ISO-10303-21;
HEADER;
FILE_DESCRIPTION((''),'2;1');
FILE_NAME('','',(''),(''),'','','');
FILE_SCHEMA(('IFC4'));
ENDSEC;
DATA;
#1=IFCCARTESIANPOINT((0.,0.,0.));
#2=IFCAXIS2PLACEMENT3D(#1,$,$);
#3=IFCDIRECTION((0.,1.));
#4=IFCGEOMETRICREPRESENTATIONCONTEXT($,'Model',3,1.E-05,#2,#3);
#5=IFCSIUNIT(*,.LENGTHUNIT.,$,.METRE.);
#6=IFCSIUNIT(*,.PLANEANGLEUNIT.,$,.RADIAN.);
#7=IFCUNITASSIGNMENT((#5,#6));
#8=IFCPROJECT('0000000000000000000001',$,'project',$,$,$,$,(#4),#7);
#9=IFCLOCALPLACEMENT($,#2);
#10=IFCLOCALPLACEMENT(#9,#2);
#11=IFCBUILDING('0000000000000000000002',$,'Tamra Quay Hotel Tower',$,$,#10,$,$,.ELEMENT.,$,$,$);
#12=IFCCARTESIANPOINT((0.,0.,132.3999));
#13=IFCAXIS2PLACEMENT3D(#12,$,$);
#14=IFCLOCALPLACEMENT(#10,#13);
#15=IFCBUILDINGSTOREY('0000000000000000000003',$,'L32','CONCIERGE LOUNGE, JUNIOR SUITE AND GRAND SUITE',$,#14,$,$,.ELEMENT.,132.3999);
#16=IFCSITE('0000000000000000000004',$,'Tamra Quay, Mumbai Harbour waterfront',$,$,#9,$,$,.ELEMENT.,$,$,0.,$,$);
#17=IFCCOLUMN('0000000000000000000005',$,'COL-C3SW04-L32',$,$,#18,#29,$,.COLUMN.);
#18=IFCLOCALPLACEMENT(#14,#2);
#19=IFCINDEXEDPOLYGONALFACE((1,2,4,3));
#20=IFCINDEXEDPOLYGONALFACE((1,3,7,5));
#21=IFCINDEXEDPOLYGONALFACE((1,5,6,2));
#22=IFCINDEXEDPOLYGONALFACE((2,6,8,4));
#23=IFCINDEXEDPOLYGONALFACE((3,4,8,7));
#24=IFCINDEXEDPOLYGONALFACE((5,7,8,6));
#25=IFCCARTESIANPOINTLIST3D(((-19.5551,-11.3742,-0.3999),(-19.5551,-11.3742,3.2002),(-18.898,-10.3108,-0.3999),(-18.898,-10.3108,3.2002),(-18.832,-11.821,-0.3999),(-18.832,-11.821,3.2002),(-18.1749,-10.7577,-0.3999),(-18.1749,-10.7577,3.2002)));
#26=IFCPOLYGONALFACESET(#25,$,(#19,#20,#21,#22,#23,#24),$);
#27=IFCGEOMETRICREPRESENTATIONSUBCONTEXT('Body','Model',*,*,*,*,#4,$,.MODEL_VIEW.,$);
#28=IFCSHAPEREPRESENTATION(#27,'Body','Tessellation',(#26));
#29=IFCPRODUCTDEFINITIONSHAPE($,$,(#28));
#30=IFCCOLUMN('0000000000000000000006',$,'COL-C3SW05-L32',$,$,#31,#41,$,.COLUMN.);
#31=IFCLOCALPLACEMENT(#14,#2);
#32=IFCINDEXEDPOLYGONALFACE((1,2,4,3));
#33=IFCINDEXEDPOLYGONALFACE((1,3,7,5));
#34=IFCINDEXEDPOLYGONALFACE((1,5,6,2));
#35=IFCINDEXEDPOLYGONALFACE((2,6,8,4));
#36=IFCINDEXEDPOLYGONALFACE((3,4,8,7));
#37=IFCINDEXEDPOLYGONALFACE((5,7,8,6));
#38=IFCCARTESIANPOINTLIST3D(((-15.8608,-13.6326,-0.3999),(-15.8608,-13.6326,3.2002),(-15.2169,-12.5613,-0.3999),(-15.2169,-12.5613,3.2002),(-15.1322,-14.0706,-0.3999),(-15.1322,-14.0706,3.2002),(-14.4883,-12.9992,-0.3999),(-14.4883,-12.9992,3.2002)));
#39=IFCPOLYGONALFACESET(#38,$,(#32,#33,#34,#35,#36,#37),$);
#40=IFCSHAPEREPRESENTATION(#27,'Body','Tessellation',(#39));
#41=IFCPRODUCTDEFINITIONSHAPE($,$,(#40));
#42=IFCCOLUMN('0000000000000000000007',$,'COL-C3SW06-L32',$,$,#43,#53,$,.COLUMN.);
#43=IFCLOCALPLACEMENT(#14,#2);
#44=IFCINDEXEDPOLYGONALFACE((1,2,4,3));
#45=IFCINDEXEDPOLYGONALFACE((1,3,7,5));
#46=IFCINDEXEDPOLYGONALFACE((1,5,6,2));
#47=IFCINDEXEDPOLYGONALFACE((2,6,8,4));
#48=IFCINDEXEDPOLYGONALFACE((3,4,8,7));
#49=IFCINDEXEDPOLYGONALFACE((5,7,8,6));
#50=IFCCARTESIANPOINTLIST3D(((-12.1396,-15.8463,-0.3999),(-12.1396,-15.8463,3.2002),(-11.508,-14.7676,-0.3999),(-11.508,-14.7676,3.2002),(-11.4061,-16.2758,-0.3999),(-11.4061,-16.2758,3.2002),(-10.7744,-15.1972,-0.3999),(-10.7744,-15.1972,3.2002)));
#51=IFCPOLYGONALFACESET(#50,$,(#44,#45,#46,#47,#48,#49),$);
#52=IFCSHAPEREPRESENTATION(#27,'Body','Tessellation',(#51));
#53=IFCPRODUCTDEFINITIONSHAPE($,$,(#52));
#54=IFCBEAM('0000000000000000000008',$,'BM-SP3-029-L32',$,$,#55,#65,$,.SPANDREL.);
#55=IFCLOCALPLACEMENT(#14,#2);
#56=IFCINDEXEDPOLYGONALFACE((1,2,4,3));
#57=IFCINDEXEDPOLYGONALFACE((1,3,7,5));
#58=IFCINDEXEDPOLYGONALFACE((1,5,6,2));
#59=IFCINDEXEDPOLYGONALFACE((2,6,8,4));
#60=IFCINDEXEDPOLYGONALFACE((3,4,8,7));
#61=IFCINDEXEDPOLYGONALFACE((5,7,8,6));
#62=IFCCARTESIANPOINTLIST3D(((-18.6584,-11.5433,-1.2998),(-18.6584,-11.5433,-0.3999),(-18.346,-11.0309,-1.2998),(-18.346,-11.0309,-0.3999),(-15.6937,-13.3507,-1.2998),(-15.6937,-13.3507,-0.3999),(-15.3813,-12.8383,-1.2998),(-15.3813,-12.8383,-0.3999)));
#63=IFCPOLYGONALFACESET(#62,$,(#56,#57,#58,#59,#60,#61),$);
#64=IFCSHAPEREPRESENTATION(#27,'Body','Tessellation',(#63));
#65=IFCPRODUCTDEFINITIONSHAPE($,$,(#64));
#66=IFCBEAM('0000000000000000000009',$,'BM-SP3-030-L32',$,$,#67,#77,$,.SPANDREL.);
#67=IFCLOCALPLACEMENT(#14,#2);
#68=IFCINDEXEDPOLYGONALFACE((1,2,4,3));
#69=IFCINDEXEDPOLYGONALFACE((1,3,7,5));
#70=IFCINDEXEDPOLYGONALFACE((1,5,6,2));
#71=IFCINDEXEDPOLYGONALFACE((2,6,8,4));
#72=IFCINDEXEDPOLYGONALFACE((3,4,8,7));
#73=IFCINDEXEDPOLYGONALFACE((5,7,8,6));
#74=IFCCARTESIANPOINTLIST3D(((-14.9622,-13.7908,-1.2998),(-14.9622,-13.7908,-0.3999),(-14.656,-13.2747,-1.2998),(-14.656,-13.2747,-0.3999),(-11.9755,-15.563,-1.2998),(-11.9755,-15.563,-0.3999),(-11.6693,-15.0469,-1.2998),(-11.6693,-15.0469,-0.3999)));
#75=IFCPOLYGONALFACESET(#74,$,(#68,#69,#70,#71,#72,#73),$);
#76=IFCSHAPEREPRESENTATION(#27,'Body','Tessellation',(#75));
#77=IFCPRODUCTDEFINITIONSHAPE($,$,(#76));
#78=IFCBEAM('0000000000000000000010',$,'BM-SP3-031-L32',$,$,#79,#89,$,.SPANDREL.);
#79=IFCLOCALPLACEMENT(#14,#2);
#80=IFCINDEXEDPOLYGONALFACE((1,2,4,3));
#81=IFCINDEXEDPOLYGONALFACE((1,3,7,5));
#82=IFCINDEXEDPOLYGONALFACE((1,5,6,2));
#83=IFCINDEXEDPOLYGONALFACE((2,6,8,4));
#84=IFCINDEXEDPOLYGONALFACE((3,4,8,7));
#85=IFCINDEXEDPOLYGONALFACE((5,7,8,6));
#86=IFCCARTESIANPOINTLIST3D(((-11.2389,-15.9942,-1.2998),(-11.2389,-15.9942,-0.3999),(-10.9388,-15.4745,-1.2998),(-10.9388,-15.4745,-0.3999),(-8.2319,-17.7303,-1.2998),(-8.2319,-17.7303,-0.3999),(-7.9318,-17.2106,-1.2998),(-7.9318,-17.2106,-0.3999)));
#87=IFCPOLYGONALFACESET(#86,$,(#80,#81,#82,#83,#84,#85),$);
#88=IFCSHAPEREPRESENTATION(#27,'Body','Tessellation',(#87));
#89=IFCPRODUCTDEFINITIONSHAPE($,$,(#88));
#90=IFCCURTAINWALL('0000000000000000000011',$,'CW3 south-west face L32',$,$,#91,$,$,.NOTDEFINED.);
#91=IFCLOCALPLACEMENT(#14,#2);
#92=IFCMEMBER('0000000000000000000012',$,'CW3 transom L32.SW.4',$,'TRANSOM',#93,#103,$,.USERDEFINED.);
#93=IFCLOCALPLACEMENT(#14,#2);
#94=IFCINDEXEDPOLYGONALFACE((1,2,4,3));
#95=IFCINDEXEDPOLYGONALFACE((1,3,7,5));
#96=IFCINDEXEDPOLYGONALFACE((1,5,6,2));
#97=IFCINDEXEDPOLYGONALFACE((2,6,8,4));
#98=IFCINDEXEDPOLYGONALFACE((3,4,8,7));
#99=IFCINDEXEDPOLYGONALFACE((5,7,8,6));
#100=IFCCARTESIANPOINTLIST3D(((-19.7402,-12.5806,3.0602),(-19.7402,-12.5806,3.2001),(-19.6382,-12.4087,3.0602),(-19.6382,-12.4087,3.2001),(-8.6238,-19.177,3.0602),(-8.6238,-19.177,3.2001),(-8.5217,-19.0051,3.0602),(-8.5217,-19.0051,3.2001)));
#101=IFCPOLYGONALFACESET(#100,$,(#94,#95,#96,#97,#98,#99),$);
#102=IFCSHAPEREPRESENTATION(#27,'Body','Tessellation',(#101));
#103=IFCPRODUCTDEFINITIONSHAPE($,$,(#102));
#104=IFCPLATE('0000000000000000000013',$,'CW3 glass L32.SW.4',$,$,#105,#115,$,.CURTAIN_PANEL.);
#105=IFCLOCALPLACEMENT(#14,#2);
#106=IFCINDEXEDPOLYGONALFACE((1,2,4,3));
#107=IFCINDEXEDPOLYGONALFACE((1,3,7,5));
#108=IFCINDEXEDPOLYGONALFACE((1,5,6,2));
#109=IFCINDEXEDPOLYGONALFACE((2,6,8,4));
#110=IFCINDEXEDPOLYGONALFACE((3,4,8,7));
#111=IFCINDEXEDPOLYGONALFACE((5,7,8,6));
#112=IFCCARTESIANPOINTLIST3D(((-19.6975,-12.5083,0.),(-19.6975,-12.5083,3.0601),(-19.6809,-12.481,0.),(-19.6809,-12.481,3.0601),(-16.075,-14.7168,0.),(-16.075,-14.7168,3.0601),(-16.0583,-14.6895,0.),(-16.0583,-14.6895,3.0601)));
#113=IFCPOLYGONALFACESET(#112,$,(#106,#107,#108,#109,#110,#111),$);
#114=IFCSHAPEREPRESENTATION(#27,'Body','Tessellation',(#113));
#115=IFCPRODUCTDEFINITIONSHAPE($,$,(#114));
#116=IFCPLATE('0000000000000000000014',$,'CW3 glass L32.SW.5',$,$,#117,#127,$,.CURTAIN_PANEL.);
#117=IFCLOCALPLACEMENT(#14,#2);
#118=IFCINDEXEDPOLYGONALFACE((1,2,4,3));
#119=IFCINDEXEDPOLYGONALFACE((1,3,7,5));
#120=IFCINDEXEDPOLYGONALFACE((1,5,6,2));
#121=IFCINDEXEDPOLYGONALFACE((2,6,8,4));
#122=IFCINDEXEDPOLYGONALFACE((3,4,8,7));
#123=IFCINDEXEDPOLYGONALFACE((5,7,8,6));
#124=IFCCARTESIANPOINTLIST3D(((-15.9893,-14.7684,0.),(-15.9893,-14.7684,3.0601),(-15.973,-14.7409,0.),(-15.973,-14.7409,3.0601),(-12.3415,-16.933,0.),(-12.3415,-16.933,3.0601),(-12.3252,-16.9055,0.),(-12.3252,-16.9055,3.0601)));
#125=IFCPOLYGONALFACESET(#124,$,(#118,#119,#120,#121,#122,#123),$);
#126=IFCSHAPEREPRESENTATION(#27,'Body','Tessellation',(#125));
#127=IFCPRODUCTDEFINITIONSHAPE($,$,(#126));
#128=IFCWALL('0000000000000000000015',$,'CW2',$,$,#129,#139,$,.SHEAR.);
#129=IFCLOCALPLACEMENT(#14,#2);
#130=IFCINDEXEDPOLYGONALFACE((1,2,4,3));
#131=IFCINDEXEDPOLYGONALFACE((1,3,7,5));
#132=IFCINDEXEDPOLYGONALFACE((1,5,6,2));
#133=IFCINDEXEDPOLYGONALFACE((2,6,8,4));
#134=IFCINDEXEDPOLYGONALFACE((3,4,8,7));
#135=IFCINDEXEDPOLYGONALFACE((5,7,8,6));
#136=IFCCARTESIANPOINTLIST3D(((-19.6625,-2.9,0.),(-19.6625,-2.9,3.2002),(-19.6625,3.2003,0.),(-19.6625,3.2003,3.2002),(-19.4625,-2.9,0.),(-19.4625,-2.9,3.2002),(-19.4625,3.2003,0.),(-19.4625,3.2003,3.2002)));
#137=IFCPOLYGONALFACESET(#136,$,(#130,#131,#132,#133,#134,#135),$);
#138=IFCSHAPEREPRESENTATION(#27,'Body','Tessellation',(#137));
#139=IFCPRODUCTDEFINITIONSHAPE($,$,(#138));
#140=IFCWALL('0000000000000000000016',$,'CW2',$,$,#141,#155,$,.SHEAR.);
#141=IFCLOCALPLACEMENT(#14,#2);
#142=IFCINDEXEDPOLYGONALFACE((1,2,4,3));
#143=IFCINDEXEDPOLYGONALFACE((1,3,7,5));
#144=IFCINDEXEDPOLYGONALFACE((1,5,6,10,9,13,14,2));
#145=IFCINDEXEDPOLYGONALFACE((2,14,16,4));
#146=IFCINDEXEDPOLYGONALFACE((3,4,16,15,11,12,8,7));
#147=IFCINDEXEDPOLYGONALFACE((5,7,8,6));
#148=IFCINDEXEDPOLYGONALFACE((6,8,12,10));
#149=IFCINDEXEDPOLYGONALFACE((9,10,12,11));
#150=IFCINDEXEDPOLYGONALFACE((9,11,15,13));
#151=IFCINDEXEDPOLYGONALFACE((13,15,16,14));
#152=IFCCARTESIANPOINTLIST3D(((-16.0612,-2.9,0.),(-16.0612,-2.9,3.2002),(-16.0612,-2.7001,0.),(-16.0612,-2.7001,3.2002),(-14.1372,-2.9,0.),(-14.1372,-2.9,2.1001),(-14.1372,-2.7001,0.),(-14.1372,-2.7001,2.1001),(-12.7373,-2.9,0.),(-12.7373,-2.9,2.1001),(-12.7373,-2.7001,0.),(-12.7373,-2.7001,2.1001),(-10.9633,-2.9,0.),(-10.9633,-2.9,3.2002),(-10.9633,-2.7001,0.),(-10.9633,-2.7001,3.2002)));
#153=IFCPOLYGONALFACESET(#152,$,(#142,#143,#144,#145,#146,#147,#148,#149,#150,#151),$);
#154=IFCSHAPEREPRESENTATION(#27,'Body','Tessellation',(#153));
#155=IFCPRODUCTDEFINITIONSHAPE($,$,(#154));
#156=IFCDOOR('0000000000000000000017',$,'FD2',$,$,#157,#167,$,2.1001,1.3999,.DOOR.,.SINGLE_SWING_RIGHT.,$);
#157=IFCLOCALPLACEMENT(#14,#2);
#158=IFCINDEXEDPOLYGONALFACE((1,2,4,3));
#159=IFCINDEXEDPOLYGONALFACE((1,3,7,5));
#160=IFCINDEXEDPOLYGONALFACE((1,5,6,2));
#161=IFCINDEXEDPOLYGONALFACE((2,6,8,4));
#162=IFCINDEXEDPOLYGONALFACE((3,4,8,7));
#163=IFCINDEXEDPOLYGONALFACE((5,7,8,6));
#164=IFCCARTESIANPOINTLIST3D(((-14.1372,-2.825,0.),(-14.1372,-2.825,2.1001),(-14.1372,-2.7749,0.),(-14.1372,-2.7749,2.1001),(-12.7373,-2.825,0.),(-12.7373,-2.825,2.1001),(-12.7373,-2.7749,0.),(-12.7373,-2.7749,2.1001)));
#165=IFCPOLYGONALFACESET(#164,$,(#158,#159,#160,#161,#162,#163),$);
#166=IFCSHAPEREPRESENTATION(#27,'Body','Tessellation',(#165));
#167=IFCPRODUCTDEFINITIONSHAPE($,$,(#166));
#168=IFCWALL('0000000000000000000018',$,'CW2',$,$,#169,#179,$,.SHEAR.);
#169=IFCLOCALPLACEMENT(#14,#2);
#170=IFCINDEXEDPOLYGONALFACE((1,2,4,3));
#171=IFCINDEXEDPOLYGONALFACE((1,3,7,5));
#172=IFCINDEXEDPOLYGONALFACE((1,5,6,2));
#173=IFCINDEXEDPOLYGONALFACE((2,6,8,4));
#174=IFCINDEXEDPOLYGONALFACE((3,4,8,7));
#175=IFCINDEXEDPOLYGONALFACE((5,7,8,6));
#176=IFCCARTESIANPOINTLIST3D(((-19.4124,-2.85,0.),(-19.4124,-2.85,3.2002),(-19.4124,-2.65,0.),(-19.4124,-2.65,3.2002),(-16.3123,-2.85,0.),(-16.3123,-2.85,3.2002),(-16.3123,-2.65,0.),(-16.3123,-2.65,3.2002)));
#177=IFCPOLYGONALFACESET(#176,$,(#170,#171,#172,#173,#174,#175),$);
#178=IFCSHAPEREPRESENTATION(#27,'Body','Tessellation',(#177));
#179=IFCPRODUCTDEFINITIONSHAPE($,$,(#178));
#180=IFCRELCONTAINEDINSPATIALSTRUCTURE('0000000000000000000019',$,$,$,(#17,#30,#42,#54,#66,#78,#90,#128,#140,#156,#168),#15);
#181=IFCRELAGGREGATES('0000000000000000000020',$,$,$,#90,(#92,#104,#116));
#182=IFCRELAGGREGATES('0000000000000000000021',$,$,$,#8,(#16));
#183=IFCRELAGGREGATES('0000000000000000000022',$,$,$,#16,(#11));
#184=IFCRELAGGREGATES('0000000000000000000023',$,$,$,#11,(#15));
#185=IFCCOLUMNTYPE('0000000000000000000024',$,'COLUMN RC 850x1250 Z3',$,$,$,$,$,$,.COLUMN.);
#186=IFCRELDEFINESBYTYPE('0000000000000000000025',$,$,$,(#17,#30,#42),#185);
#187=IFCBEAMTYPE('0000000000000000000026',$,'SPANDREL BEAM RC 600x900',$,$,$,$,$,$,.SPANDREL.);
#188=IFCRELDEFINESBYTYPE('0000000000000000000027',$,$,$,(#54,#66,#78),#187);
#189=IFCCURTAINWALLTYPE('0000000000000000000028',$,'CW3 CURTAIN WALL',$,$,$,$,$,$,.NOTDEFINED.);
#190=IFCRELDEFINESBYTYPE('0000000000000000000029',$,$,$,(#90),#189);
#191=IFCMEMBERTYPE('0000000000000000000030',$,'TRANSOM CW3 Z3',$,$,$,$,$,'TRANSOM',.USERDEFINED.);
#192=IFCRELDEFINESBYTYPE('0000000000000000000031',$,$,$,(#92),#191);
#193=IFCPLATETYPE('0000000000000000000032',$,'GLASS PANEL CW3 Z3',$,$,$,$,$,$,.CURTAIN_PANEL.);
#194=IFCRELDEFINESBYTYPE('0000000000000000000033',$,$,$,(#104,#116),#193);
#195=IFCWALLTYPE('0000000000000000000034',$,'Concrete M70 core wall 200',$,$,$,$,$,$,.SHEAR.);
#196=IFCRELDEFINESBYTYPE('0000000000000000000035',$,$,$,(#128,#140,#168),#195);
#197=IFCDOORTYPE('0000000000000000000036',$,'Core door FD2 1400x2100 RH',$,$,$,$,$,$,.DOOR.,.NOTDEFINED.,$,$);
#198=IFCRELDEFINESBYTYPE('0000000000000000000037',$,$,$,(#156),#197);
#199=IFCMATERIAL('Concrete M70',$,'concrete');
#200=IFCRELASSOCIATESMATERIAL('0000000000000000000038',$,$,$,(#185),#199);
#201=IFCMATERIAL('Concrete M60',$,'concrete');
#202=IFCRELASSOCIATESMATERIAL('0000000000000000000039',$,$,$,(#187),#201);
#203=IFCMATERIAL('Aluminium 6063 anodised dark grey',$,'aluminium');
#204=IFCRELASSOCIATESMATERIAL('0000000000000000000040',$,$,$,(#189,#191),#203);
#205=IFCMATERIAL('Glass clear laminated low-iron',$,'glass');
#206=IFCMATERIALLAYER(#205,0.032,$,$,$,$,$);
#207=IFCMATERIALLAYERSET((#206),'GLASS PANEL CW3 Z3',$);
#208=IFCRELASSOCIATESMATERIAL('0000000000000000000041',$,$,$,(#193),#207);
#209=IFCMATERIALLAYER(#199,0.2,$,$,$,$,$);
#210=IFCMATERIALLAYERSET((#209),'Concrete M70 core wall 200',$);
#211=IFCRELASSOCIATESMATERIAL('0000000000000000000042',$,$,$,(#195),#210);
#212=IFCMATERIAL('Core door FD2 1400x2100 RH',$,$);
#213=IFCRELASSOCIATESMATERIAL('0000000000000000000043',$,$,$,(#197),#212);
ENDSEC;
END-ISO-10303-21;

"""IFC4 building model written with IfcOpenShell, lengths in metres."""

from ifc_helpers import new_model, si_unit, direction, frame, frame_2d, origin, origin_2d, place, context, subcontext, project, spatial, rectangle, extrude, material, layer, layer_set, material_profile, profile_set, type_object, element, fill, aggregate, save


model = new_model("IFC4")

# Units and contexts
model_context = context("Model", 3, precision=1e-05, world=origin(), true_north=direction((0.0, 1.0)))
body_context = subcontext(model_context, "Body", "Model", "MODEL_VIEW")
ifc_project = project(units=[si_unit("LENGTHUNIT", "METRE"), si_unit("PLANEANGLEUNIT", "RADIAN")], contexts=[model_context])

# Site, building, storey
site_placement = place(None, origin())
site = spatial("IfcSite", under=ifc_project, at=site_placement, Name="Tamra Quay, Mumbai Harbour waterfront", CompositionType="ELEMENT", RefElevation=0.0)
building_placement = place(site_placement, origin())
building = spatial("IfcBuilding", under=site, at=building_placement, Name="Tamra Quay Hotel Tower", CompositionType="ELEMENT")
storey_placement = place(building_placement, frame((0.0, 0.0, 132.3999)))
storey = spatial("IfcBuildingStorey", under=building, at=storey_placement, Name="L32", Description="CONCIERGE LOUNGE, JUNIOR SUITE AND GRAND SUITE", CompositionType="ELEMENT", Elevation=132.3999)

# Columns
ifc_material_1 = material(Name="Concrete M70", Category="concrete")
ifc_material_profile_1 = material_profile(ifc_material_1, rectangle(XDim=1.25, YDim=0.8501, at=origin_2d()), Name="COLUMN RC 850x1250 Z3")
ifc_profile_set_1 = profile_set([ifc_material_profile_1], Name="Concrete M70")
column_type = type_object("IfcColumnType", Name="COLUMN RC 850x1250 Z3", PredefinedType="COLUMN", material=ifc_profile_set_1)
for number, where, z_axis, x_axis, name in (
    (1, (-18.865, -11.0659, -0.3999), (0.0, 0.0, 1.0), (0.525677, 0.850685, 0.0), "COL-C3SW04-L32"),
    (2, (-15.1746, -13.3159, -0.3999), (0.0, 0.0, 1.0), (0.515162, 0.857093, 0.0), "COL-C3SW05-L32"),
    (3, (-11.457, -15.5217, -0.3999), (0.0, 0.0, 1.0), (0.505325, 0.862929, 0.0), "COL-C3SW06-L32"),
):
    element("IfcColumn", number, at=place(storey_placement, frame(where, z_axis=z_axis, x_axis=x_axis)), inside=storey, type_object=column_type, Name=name, PredefinedType="COLUMN", context=body_context, shape_type="SweptSolid", body=[
        extrude(rectangle(XDim=1.25, YDim=0.8501, at=origin_2d()), origin(), (0.0, 0.0, 1.0), 3.6001),
    ])

# Beams
ifc_material_2 = material(Name="Concrete M60", Category="concrete")
ifc_material_profile_2 = material_profile(ifc_material_2, rectangle(XDim=0.6001, YDim=0.8999, at=origin_2d()), Name="SPANDREL BEAM RC 600x900")
ifc_profile_set_2 = profile_set([ifc_material_profile_2], Name="Concrete M60")
beam_type = type_object("IfcBeamType", Name="SPANDREL BEAM RC 600x900", PredefinedType="SPANDREL", material=ifc_profile_set_2)
beam_1_placement = place(storey_placement, frame((-18.5022, -11.2871, -0.8499), z_axis=(0.853836, -0.520542, 0.0), x_axis=(0.520542, 0.853836, 0.0)))
element("IfcBeam", 4, at=beam_1_placement, inside=storey, type_object=beam_type, Name="BM-SP3-029-L32", PredefinedType="SPANDREL", context=body_context, shape_type="SweptSolid", body=[
    extrude(rectangle(XDim=0.6001, YDim=0.8999, at=origin_2d()), origin(), (0.0, 0.0, 1.0), 3.4722),
])
beam_2_placement = place(storey_placement, frame((-14.8091, -13.5327, -0.8499), z_axis=(0.859989, -0.510313, 0.0), x_axis=(0.510313, 0.859989, 0.0)))
element("IfcBeam", 5, at=beam_2_placement, inside=storey, type_object=beam_type, Name="BM-SP3-030-L32", PredefinedType="SPANDREL", context=body_context, shape_type="SweptSolid", body=[
    extrude(rectangle(XDim=0.6001, YDim=0.8999, at=origin_2d()), origin(), (0.0, 0.0, 1.0), 3.4729),
])
beam_3_placement = place(storey_placement, frame((-11.0889, -15.7344, -0.8499), z_axis=(0.866032, -0.499988, 0.0), x_axis=(0.499988, 0.866032, 0.0)))
element("IfcBeam", 6, at=beam_3_placement, inside=storey, type_object=beam_type, Name="BM-SP3-031-L32", PredefinedType="SPANDREL", context=body_context, shape_type="SweptSolid", body=[
    extrude(rectangle(XDim=0.6001, YDim=0.8999, at=origin_2d()), origin(), (0.0, 0.0, 1.0), 3.4722),
])

# Curtain wall, member, plates
ifc_material_3 = material(Name="Aluminium 6063 anodised dark grey", Category="aluminium")
curtain_wall_type = type_object("IfcCurtainWallType", Name="CW3 CURTAIN WALL", PredefinedType="NOTDEFINED", material=ifc_material_3)
curtain_wall_placement = place(storey_placement, origin())
curtain_wall = element("IfcCurtainWall", 7, at=curtain_wall_placement, inside=storey, type_object=curtain_wall_type, Name="CW3 south-west face L32", PredefinedType="NOTDEFINED")
ifc_material_profile_3 = material_profile(ifc_material_3, rectangle(XDim=0.2, YDim=0.1399, at=origin_2d()), Name="TRANSOM 200X140")
ifc_profile_set_3 = profile_set([ifc_material_profile_3], Name="Aluminium 6063 anodised dark grey")
member_type = type_object("IfcMemberType", Name="TRANSOM CW3 Z3", ElementType="TRANSOM", PredefinedType="USERDEFINED", material=ifc_profile_set_3)
member_placement = place(storey_placement, frame((-19.6892, -12.4946, 3.1301), z_axis=(0.859989, -0.510312, 0.0), x_axis=(0.510312, 0.859989, 0.0)))
member = element("IfcMember", 8, at=member_placement, type_object=member_type, Name="CW3 transom L32.SW.4", ObjectType="TRANSOM", PredefinedType="USERDEFINED", context=body_context, shape_type="SweptSolid", body=[
    extrude(rectangle(XDim=0.2, YDim=0.1399, at=origin_2d()), origin(), (0.0, 0.0, 1.0), 12.9263),
])
ifc_material_4 = material(Name="Glass clear laminated low-iron", Category="glass")
ifc_layer_1 = layer(ifc_material_4, 0.032)
ifc_layer_set_1 = layer_set([ifc_layer_1], Name="GLASS PANEL CW3 Z3")
plate_type = type_object("IfcPlateType", Name="GLASS PANEL CW3 Z3", PredefinedType="CURTAIN_PANEL", material=ifc_layer_set_1)
plate_1_placement = place(storey_placement, frame((-17.8779, -13.5989, 0.0), z_axis=(0.0, 0.0, 1.0), x_axis=(0.85383, -0.520552, 0.0)))
plate_1 = element("IfcPlate", 9, at=plate_1_placement, type_object=plate_type, Name="CW3 glass L32.SW.4", PredefinedType="CURTAIN_PANEL", context=body_context, shape_type="SweptSolid", body=[
    extrude(rectangle(XDim=4.2427, YDim=0.032, at=origin_2d()), origin(), (0.0, 0.0, 1.0), 3.0601),
])
plate_2_placement = place(storey_placement, frame((-14.1572, -15.8369, 0.0), z_axis=(0.0, 0.0, 1.0), x_axis=(0.859985, -0.510319, 0.0)))
plate_2 = element("IfcPlate", 10, at=plate_2_placement, type_object=plate_type, Name="CW3 glass L32.SW.5", PredefinedType="CURTAIN_PANEL", context=body_context, shape_type="SweptSolid", body=[
    extrude(rectangle(XDim=4.2417, YDim=0.032, at=origin_2d()), origin(), (0.0, 0.0, 1.0), 3.0601),
])
aggregate(curtain_wall, [member, plate_1, plate_2])

# Wall
ifc_layer_2 = layer(ifc_material_1, 0.2)
ifc_layer_set_2 = layer_set([ifc_layer_2], Name="Concrete M70 core wall 200")
wall_type_1 = type_object("IfcWallType", Name="Concrete M70 core wall 200", PredefinedType="SHEAR", material=ifc_layer_set_2)
wall_1_placement = place(storey_placement, frame((-19.5625, -2.9001, 0.0), z_axis=(0.0, 0.0, 1.0), x_axis=(0.0, 1.0, 0.0)))
element("IfcWall", 11, at=wall_1_placement, inside=storey, type_object=wall_type_1, Name="CW2", PredefinedType="SHEAR", context=body_context, shape_type="SweptSolid", body=[
    extrude(rectangle(XDim=6.1003, YDim=0.2, at=frame_2d((3.0503, 0.0))), origin(), (0.0, 0.0, 1.0), 3.2002),
])

# Wall, opening, door
wall_2_placement = place(storey_placement, frame((-10.9634, -2.8, 0.0), z_axis=(0.0, 0.0, 1.0), x_axis=(-1.0, 0.0, 0.0)))
wall_2 = element("IfcWall", 12, at=wall_2_placement, inside=storey, type_object=wall_type_1, Name="CW2", PredefinedType="SHEAR", context=body_context, shape_type="SweptSolid", body=[
    extrude(rectangle(XDim=5.0979, YDim=0.2, at=frame_2d((2.5488, 0.0))), origin(), (0.0, 0.0, 1.0), 3.2002),
])
opening_1_placement = place(wall_2_placement, frame((1.7739, 0.0, 0.0)))
opening_1 = element("IfcOpeningElement", 13, at=opening_1_placement, cuts=wall_2, PredefinedType="OPENING", context=body_context, shape_type="SweptSolid", body=[
    extrude(rectangle(XDim=1.3999, YDim=2.1001, at=frame_2d((0.7, 1.05))), frame((0.0, 0.1099, 0.0), z_axis=(0.0, -1.0, 0.0), x_axis=(1.0, 0.0, 0.0)), (0.0, 0.0, 1.0), 0.22),
])
ifc_material_5 = material(Name="Core door FD2 1400x2100 RH")
door_type_1 = type_object("IfcDoorType", Name="Core door FD2 1400x2100 RH", OperationType="NOTDEFINED", PredefinedType="DOOR", material=ifc_material_5)
door_1_placement = place(opening_1_placement, origin())
door_1 = element("IfcDoor", 14, at=door_1_placement, inside=storey, type_object=door_type_1, Name="FD2", OperationType="SINGLE_SWING_RIGHT", OverallHeight=2.1001, OverallWidth=1.3999, PredefinedType="DOOR", context=body_context, shape_type="SweptSolid", body=[
    extrude(rectangle(XDim=1.3999, YDim=2.1001, at=frame_2d((0.7, 1.05))), frame((0.0, 0.0249, 0.0), z_axis=(0.0, -1.0, 0.0), x_axis=(1.0, 0.0, 0.0)), (0.0, 0.0, 1.0), 0.05),
])
fill(opening_1, door_1)

# Wall
wall_3_placement = place(storey_placement, frame((-19.4124, -2.75, 0.0), z_axis=(0.0, 0.0, 1.0), x_axis=(1.0, 0.0, 0.0)))
element("IfcWall", 15, at=wall_3_placement, inside=storey, type_object=wall_type_1, Name="CW2", PredefinedType="SHEAR", context=body_context, shape_type="SweptSolid", body=[
    extrude(rectangle(XDim=3.1001, YDim=0.2, at=frame_2d((1.55, 0.0))), origin(), (0.0, 0.0, 1.0), 3.2002),
])

save(model, "model.ifc")
